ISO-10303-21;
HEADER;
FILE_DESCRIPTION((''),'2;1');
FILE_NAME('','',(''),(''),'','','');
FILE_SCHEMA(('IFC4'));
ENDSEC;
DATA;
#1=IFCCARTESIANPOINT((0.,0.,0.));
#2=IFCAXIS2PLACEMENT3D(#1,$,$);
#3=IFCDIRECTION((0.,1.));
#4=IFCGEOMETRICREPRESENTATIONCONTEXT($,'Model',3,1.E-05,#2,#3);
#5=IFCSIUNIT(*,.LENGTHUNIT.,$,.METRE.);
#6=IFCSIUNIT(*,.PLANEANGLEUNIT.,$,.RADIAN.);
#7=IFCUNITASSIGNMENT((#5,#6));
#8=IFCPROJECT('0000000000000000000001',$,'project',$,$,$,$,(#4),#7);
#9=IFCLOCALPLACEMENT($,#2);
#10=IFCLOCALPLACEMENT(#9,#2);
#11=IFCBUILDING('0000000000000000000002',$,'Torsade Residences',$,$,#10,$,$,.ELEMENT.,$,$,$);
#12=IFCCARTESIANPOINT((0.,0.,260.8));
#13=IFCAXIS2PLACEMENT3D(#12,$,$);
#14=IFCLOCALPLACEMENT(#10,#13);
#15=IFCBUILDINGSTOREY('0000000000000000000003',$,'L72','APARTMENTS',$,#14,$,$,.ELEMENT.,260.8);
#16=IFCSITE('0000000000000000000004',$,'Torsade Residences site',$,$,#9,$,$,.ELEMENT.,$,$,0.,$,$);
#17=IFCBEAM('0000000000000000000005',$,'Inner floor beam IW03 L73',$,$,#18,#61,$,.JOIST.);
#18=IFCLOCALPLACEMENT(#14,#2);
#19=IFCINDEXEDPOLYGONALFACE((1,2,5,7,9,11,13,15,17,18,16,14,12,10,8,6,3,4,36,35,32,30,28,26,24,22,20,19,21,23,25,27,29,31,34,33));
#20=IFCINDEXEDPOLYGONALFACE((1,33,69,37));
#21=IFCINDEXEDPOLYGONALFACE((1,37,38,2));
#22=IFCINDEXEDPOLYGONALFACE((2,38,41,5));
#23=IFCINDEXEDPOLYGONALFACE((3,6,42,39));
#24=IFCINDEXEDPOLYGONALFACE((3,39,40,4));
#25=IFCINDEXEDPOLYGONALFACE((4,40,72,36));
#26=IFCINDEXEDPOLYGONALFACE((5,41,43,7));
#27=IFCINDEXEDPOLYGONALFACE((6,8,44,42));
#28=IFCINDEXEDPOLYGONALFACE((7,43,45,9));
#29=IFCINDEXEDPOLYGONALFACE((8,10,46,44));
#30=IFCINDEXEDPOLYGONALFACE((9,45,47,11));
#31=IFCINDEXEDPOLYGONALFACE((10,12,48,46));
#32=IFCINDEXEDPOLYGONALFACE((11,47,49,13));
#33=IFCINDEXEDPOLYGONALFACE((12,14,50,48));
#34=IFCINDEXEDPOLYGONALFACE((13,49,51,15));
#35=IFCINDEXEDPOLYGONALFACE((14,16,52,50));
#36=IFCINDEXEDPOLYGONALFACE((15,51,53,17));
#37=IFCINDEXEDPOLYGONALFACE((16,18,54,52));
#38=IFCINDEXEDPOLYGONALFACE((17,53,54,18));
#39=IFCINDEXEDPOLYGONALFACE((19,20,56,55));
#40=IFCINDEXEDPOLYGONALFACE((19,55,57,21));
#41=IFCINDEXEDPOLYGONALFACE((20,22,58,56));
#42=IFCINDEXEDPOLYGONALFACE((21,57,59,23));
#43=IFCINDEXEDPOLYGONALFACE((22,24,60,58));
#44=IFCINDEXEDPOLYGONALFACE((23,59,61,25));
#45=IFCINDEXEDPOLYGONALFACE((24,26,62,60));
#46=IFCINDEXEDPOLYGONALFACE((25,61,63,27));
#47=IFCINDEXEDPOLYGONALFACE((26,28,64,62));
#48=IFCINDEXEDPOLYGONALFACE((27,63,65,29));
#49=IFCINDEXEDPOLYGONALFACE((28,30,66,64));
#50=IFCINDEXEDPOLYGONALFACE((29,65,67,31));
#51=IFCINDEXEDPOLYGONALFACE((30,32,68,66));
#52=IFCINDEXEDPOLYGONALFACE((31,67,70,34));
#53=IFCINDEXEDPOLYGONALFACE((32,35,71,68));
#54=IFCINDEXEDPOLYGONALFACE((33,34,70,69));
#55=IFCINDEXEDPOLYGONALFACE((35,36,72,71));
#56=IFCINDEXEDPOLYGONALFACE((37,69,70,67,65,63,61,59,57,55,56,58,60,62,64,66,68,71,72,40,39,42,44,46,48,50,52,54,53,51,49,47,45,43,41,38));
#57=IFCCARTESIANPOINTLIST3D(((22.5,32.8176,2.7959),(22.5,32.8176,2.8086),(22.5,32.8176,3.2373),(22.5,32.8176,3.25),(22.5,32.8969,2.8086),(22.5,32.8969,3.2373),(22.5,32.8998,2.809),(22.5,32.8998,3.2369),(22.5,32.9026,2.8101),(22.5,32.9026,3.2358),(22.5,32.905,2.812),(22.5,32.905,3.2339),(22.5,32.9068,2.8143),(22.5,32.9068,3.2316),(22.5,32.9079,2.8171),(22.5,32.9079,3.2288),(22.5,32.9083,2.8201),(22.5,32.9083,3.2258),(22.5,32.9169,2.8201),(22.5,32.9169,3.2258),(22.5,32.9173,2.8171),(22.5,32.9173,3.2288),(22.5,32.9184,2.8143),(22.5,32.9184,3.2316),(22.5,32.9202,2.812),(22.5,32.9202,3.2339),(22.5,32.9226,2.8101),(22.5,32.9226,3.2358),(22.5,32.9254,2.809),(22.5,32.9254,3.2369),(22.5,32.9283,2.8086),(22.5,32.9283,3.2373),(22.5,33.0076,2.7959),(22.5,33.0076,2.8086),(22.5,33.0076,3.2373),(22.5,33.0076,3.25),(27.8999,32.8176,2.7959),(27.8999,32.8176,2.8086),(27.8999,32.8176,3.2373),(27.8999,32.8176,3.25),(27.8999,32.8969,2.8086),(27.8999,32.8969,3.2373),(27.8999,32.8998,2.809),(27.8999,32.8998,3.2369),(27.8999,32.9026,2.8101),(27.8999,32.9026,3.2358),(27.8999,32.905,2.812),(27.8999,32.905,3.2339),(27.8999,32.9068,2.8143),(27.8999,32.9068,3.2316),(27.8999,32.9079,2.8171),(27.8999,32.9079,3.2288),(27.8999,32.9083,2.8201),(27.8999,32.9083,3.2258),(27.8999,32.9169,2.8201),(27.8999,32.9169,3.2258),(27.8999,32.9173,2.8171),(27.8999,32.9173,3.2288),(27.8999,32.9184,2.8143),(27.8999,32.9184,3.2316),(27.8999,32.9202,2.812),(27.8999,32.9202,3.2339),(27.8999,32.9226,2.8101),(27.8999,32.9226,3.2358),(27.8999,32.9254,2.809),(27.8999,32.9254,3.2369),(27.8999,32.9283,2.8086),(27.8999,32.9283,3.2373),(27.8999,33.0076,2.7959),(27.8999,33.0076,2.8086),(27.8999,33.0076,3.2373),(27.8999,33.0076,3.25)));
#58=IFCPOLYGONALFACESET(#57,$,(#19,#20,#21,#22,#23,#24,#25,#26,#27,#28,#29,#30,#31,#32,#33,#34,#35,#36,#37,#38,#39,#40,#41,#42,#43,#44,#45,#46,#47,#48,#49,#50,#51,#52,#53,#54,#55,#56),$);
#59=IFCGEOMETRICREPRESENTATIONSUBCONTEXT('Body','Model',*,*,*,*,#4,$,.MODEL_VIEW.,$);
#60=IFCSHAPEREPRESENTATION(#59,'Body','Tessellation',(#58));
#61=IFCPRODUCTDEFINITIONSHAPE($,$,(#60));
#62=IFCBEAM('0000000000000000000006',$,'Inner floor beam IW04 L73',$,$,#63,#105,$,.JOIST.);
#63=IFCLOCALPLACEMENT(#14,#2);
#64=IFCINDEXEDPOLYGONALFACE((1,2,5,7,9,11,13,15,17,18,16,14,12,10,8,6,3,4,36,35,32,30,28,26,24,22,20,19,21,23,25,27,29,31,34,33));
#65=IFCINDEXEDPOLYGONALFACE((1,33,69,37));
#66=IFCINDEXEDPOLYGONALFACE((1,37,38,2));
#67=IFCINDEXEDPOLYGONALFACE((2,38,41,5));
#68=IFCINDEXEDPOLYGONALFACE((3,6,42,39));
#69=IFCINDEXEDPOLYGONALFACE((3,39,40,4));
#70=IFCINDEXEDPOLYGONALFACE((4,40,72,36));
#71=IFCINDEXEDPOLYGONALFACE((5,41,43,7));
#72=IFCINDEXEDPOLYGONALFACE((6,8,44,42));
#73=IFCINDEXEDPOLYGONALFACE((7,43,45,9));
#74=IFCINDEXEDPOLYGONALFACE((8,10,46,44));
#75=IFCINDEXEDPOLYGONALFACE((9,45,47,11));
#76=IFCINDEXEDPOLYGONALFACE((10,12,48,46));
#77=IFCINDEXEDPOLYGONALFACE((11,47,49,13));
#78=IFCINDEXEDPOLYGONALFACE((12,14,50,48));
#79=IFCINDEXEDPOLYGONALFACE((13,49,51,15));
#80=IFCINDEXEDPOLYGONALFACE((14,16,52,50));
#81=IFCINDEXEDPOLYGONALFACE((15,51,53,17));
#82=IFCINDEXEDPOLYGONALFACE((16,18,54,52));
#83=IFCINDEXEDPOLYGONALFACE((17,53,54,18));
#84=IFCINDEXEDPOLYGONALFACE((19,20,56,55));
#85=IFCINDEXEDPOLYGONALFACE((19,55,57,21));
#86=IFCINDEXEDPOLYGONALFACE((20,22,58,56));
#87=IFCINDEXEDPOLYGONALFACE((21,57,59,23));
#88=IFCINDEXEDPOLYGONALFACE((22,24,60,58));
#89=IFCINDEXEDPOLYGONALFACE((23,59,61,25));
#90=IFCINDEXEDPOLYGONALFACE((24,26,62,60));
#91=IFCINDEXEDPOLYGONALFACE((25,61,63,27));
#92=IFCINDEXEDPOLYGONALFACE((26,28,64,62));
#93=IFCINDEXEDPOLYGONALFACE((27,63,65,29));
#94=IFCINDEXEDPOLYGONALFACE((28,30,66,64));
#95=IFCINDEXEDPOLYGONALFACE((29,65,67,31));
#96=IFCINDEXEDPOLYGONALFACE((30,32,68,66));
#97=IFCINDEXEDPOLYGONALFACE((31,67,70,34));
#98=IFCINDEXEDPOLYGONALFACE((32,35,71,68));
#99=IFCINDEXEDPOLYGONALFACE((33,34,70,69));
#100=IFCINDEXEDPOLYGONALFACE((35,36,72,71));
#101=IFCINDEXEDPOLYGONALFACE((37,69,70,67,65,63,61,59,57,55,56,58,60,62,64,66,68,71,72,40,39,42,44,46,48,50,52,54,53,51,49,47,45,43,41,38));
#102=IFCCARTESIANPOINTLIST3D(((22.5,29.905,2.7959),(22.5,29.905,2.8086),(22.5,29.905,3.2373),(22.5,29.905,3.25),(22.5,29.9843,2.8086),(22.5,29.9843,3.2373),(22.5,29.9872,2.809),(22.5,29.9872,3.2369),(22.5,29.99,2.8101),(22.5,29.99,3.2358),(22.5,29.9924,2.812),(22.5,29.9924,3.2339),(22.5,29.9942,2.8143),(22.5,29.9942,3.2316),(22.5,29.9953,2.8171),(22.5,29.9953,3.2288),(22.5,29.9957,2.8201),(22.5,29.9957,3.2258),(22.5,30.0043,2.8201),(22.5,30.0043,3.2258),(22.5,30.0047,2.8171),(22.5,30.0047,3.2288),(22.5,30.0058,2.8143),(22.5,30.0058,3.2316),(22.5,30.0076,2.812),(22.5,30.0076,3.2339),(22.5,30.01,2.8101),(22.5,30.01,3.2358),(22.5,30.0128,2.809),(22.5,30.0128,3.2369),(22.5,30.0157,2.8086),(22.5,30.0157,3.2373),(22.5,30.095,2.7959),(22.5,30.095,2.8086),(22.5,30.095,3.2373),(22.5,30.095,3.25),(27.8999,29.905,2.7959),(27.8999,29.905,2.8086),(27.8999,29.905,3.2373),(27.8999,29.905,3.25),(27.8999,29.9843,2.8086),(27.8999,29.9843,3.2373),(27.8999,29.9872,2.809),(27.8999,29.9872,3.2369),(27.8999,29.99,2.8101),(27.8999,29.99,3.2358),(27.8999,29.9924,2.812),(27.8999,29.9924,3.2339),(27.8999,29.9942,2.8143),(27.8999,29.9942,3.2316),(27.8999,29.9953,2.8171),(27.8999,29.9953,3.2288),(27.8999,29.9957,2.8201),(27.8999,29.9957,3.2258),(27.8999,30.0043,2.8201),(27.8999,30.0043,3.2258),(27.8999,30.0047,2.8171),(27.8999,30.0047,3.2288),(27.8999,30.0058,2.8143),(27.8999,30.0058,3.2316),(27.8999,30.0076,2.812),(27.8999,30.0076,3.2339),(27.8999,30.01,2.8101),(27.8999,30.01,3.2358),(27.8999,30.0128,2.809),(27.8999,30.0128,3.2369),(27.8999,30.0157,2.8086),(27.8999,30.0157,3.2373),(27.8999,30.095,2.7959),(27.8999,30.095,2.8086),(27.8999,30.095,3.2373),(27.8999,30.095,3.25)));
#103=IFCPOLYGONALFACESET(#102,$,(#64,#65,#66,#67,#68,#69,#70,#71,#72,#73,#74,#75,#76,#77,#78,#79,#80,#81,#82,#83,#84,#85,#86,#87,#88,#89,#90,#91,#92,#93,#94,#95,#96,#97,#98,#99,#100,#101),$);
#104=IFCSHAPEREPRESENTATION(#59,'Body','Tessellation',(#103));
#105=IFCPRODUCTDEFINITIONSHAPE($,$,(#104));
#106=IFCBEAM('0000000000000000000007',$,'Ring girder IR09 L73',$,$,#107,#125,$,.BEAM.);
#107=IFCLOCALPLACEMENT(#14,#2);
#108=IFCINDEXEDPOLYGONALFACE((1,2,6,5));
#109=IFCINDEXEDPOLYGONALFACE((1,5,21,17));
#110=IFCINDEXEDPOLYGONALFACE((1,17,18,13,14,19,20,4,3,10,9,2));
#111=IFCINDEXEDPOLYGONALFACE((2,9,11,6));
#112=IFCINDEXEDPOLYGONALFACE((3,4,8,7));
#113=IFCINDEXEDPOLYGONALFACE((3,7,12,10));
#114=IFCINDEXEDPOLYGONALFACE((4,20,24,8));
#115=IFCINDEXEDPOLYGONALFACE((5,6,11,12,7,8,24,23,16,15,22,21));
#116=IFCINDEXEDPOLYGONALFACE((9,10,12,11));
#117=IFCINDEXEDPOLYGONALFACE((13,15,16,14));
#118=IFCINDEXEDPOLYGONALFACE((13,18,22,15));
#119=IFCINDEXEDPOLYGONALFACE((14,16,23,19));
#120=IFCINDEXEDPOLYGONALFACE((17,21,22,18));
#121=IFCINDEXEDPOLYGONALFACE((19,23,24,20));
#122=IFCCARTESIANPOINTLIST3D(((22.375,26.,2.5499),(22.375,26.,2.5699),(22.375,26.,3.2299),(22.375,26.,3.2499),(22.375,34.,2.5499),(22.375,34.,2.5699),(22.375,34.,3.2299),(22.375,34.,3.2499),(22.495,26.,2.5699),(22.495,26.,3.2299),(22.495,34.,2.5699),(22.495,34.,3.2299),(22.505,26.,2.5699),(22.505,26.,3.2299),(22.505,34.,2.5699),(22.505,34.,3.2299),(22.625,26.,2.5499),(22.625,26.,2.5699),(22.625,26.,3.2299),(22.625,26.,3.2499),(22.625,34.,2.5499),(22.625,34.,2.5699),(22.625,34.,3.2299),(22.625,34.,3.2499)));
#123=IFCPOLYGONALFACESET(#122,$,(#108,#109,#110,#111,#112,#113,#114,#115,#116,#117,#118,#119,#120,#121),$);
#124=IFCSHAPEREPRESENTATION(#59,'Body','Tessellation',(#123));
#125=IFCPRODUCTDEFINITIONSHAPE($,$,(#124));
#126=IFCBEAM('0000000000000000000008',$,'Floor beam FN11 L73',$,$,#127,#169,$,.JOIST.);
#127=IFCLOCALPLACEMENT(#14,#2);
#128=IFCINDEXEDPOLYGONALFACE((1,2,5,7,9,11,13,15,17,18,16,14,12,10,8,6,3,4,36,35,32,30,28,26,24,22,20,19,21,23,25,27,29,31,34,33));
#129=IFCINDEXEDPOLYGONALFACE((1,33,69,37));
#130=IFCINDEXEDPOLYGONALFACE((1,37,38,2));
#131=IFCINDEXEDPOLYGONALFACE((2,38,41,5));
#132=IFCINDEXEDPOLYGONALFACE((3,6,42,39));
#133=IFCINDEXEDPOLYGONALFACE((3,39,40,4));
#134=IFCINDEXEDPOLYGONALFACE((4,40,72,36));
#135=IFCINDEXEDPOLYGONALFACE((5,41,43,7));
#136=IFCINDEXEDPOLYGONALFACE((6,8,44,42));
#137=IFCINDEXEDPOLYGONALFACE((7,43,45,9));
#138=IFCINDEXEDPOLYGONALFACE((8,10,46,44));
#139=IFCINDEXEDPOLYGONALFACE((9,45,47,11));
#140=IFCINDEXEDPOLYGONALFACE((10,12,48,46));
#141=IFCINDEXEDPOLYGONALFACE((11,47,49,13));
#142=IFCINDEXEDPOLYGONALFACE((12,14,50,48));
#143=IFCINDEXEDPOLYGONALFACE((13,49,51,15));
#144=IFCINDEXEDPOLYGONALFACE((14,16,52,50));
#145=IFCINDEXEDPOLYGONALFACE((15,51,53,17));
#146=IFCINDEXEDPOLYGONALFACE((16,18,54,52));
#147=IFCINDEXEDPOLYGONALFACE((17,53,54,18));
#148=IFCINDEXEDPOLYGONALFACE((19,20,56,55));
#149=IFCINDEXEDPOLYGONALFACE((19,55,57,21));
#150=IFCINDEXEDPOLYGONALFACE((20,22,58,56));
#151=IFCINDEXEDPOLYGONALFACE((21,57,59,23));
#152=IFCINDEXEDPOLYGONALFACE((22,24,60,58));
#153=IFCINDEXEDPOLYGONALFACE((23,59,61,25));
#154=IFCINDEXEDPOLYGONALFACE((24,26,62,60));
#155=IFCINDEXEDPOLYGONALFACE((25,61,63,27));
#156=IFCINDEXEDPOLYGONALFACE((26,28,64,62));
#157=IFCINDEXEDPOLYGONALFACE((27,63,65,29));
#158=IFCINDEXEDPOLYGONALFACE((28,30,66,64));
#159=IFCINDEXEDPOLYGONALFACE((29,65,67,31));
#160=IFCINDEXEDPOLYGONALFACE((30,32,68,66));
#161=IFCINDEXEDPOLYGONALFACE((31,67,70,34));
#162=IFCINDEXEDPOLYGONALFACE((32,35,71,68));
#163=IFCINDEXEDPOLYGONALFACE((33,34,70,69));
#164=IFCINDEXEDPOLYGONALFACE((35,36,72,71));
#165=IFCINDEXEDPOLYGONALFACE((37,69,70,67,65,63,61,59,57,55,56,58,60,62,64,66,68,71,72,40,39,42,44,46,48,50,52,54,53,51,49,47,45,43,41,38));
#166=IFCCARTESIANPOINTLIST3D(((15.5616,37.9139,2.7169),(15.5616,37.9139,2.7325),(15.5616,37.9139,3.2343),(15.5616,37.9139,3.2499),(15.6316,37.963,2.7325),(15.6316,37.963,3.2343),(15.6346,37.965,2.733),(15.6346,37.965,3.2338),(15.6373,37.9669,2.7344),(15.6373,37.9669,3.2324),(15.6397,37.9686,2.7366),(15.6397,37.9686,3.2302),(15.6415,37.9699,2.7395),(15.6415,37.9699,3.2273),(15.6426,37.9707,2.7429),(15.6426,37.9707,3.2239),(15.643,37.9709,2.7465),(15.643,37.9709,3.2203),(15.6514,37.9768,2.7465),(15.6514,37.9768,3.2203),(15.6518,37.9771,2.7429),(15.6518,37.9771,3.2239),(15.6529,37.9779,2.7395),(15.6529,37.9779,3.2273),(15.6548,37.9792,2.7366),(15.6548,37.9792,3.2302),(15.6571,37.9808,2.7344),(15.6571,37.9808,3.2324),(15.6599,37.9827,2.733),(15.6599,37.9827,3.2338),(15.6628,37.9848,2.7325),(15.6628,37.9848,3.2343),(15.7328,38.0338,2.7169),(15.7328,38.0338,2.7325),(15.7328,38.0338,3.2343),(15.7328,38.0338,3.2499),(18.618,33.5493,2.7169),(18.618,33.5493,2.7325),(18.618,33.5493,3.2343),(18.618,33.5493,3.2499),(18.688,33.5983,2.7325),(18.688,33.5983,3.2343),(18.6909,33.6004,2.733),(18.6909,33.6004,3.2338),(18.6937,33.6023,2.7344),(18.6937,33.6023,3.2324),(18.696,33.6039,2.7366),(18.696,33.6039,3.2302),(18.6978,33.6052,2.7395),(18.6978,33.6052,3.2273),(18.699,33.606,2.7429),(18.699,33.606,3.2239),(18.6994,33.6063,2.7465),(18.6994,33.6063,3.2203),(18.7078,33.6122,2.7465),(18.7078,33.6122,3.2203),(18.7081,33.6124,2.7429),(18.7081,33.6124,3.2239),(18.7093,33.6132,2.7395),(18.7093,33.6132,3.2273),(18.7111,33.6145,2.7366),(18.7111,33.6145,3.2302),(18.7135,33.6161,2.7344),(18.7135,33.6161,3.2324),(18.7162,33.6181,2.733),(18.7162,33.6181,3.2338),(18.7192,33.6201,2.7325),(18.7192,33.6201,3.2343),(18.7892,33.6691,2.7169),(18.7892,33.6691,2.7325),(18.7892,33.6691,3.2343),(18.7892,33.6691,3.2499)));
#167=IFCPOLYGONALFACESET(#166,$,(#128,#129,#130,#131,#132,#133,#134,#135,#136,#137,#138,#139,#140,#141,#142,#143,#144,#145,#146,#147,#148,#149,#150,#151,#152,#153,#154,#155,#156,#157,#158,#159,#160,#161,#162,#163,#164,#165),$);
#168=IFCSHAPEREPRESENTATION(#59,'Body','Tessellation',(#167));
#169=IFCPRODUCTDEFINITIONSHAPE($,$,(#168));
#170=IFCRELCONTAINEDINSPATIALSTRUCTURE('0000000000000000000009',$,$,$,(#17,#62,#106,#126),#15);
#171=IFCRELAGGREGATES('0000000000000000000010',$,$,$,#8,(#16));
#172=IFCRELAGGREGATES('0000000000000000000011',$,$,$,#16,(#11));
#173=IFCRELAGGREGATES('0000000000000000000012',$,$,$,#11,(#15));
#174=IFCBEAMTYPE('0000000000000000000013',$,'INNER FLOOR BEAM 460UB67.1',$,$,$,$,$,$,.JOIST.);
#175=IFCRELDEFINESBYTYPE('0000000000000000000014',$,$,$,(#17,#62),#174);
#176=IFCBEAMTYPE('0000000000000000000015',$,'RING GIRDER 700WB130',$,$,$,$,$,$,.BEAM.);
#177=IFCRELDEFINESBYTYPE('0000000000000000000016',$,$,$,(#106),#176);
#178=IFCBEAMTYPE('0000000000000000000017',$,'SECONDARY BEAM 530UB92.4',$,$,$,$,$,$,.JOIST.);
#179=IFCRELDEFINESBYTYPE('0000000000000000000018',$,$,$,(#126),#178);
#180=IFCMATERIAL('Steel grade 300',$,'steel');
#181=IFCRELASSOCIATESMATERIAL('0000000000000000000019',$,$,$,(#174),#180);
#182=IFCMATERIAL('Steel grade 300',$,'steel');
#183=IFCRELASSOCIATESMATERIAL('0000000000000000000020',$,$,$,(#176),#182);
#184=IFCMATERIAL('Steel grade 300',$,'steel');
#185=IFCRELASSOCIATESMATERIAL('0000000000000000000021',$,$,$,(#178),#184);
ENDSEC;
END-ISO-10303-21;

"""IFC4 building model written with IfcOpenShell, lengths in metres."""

from ifc_helpers import new_model, si_unit, direction, frame, origin, origin_2d, place, context, subcontext, project, spatial, i_section, extrude, material, material_profile, profile_set, type_object, element, save


model = new_model("IFC4")

# Units and contexts
model_context = context("Model", 3, precision=1e-05, world=origin(), true_north=direction((0.0, 1.0)))
body_context = subcontext(model_context, "Body", "Model", "MODEL_VIEW")
ifc_project = project(units=[si_unit("LENGTHUNIT", "METRE"), si_unit("PLANEANGLEUNIT", "RADIAN")], contexts=[model_context])

# Site, building, storey
site_placement = place(None, origin())
site = spatial("IfcSite", under=ifc_project, at=site_placement, Name="Torsade Residences site", CompositionType="ELEMENT", RefElevation=0.0)
building_placement = place(site_placement, origin())
building = spatial("IfcBuilding", under=site, at=building_placement, Name="Torsade Residences", CompositionType="ELEMENT")
storey_placement = place(building_placement, frame((0.0, 0.0, 260.8)))
storey = spatial("IfcBuildingStorey", under=building, at=storey_placement, Name="L72", Description="APARTMENTS", CompositionType="ELEMENT", Elevation=260.8)

# Beams
ifc_material_1 = material(Name="Steel grade 300", Category="steel")
ifc_material_profile_1 = material_profile(ifc_material_1, i_section(OverallWidth=0.1899, OverallDepth=0.4541, WebThickness=0.0085, FlangeThickness=0.0127, FilletRadius=0.0115, at=origin_2d()), Name="460UB67.1")
ifc_profile_set_1 = profile_set([ifc_material_profile_1], Name="Steel grade 300")
beam_type_1 = type_object("IfcBeamType", Name="INNER FLOOR BEAM 460UB67.1", PredefinedType="JOIST", material=ifc_profile_set_1)
for number, where, z_axis, x_axis, name in (
    (1, (27.8999, 32.9126, 3.0229), (-1.0, 0.0, 0.0), (0.0, -1.0, 0.0), "Inner floor beam IW03 L73"),
    (2, (27.8999, 30.0, 3.0229), (-1.0, 0.0, 0.0), (0.0, -1.0, 0.0), "Inner floor beam IW04 L73"),
):
    element("IfcBeam", number, at=place(storey_placement, frame(where, z_axis=z_axis, x_axis=x_axis)), inside=storey, type_object=beam_type_1, Name=name, PredefinedType="JOIST", context=body_context, shape_type="SweptSolid", body=[
        extrude(i_section(OverallWidth=0.1899, OverallDepth=0.4541, WebThickness=0.0085, FlangeThickness=0.0127, FilletRadius=0.0115, at=origin_2d()), origin(), (0.0, 0.0, 1.0), 5.3999),
    ])
ifc_material_2 = material(Name="Steel grade 300", Category="steel")
ifc_material_profile_2 = material_profile(ifc_material_2, i_section(OverallWidth=0.25, OverallDepth=0.7, WebThickness=0.01, FlangeThickness=0.02, at=origin_2d()), Name="700WB130")
ifc_profile_set_2 = profile_set([ifc_material_profile_2], Name="Steel grade 300")
beam_type_2 = type_object("IfcBeamType", Name="RING GIRDER 700WB130", PredefinedType="BEAM", material=ifc_profile_set_2)
beam_1_placement = place(storey_placement, frame((22.5, 34.0, 2.8999), z_axis=(0.0, -1.0, 0.0), x_axis=(1.0, 0.0, 0.0)))
element("IfcBeam", 3, at=beam_1_placement, inside=storey, type_object=beam_type_2, Name="Ring girder IR09 L73", PredefinedType="BEAM", context=body_context, shape_type="SweptSolid", body=[
    extrude(i_section(OverallWidth=0.25, OverallDepth=0.7, WebThickness=0.01, FlangeThickness=0.02, at=origin_2d()), origin(), (0.0, 0.0, 1.0), 8.0),
])
ifc_material_3 = material(Name="Steel grade 300", Category="steel")
ifc_material_profile_3 = material_profile(ifc_material_3, i_section(OverallWidth=0.209, OverallDepth=0.533, WebThickness=0.0103, FlangeThickness=0.0156, FilletRadius=0.0139, at=origin_2d()), Name="530UB92.4")
ifc_profile_set_3 = profile_set([ifc_material_profile_3], Name="Steel grade 300")
beam_type_3 = type_object("IfcBeamType", Name="SECONDARY BEAM 530UB92.4", PredefinedType="JOIST", material=ifc_profile_set_3)
beam_2_placement = place(storey_placement, frame((15.6472, 37.9739, 2.9834), z_axis=(0.573598, -0.819137, 0.0), x_axis=(0.819137, 0.573598, 0.0)))
element("IfcBeam", 4, at=beam_2_placement, inside=storey, type_object=beam_type_3, Name="Floor beam FN11 L73", PredefinedType="JOIST", context=body_context, shape_type="SweptSolid", body=[
    extrude(i_section(OverallWidth=0.209, OverallDepth=0.533, WebThickness=0.0103, FlangeThickness=0.0156, FilletRadius=0.0139, at=origin_2d()), origin(), (0.0, 0.0, 1.0), 5.3284),
])

save(model, "model.ifc")
